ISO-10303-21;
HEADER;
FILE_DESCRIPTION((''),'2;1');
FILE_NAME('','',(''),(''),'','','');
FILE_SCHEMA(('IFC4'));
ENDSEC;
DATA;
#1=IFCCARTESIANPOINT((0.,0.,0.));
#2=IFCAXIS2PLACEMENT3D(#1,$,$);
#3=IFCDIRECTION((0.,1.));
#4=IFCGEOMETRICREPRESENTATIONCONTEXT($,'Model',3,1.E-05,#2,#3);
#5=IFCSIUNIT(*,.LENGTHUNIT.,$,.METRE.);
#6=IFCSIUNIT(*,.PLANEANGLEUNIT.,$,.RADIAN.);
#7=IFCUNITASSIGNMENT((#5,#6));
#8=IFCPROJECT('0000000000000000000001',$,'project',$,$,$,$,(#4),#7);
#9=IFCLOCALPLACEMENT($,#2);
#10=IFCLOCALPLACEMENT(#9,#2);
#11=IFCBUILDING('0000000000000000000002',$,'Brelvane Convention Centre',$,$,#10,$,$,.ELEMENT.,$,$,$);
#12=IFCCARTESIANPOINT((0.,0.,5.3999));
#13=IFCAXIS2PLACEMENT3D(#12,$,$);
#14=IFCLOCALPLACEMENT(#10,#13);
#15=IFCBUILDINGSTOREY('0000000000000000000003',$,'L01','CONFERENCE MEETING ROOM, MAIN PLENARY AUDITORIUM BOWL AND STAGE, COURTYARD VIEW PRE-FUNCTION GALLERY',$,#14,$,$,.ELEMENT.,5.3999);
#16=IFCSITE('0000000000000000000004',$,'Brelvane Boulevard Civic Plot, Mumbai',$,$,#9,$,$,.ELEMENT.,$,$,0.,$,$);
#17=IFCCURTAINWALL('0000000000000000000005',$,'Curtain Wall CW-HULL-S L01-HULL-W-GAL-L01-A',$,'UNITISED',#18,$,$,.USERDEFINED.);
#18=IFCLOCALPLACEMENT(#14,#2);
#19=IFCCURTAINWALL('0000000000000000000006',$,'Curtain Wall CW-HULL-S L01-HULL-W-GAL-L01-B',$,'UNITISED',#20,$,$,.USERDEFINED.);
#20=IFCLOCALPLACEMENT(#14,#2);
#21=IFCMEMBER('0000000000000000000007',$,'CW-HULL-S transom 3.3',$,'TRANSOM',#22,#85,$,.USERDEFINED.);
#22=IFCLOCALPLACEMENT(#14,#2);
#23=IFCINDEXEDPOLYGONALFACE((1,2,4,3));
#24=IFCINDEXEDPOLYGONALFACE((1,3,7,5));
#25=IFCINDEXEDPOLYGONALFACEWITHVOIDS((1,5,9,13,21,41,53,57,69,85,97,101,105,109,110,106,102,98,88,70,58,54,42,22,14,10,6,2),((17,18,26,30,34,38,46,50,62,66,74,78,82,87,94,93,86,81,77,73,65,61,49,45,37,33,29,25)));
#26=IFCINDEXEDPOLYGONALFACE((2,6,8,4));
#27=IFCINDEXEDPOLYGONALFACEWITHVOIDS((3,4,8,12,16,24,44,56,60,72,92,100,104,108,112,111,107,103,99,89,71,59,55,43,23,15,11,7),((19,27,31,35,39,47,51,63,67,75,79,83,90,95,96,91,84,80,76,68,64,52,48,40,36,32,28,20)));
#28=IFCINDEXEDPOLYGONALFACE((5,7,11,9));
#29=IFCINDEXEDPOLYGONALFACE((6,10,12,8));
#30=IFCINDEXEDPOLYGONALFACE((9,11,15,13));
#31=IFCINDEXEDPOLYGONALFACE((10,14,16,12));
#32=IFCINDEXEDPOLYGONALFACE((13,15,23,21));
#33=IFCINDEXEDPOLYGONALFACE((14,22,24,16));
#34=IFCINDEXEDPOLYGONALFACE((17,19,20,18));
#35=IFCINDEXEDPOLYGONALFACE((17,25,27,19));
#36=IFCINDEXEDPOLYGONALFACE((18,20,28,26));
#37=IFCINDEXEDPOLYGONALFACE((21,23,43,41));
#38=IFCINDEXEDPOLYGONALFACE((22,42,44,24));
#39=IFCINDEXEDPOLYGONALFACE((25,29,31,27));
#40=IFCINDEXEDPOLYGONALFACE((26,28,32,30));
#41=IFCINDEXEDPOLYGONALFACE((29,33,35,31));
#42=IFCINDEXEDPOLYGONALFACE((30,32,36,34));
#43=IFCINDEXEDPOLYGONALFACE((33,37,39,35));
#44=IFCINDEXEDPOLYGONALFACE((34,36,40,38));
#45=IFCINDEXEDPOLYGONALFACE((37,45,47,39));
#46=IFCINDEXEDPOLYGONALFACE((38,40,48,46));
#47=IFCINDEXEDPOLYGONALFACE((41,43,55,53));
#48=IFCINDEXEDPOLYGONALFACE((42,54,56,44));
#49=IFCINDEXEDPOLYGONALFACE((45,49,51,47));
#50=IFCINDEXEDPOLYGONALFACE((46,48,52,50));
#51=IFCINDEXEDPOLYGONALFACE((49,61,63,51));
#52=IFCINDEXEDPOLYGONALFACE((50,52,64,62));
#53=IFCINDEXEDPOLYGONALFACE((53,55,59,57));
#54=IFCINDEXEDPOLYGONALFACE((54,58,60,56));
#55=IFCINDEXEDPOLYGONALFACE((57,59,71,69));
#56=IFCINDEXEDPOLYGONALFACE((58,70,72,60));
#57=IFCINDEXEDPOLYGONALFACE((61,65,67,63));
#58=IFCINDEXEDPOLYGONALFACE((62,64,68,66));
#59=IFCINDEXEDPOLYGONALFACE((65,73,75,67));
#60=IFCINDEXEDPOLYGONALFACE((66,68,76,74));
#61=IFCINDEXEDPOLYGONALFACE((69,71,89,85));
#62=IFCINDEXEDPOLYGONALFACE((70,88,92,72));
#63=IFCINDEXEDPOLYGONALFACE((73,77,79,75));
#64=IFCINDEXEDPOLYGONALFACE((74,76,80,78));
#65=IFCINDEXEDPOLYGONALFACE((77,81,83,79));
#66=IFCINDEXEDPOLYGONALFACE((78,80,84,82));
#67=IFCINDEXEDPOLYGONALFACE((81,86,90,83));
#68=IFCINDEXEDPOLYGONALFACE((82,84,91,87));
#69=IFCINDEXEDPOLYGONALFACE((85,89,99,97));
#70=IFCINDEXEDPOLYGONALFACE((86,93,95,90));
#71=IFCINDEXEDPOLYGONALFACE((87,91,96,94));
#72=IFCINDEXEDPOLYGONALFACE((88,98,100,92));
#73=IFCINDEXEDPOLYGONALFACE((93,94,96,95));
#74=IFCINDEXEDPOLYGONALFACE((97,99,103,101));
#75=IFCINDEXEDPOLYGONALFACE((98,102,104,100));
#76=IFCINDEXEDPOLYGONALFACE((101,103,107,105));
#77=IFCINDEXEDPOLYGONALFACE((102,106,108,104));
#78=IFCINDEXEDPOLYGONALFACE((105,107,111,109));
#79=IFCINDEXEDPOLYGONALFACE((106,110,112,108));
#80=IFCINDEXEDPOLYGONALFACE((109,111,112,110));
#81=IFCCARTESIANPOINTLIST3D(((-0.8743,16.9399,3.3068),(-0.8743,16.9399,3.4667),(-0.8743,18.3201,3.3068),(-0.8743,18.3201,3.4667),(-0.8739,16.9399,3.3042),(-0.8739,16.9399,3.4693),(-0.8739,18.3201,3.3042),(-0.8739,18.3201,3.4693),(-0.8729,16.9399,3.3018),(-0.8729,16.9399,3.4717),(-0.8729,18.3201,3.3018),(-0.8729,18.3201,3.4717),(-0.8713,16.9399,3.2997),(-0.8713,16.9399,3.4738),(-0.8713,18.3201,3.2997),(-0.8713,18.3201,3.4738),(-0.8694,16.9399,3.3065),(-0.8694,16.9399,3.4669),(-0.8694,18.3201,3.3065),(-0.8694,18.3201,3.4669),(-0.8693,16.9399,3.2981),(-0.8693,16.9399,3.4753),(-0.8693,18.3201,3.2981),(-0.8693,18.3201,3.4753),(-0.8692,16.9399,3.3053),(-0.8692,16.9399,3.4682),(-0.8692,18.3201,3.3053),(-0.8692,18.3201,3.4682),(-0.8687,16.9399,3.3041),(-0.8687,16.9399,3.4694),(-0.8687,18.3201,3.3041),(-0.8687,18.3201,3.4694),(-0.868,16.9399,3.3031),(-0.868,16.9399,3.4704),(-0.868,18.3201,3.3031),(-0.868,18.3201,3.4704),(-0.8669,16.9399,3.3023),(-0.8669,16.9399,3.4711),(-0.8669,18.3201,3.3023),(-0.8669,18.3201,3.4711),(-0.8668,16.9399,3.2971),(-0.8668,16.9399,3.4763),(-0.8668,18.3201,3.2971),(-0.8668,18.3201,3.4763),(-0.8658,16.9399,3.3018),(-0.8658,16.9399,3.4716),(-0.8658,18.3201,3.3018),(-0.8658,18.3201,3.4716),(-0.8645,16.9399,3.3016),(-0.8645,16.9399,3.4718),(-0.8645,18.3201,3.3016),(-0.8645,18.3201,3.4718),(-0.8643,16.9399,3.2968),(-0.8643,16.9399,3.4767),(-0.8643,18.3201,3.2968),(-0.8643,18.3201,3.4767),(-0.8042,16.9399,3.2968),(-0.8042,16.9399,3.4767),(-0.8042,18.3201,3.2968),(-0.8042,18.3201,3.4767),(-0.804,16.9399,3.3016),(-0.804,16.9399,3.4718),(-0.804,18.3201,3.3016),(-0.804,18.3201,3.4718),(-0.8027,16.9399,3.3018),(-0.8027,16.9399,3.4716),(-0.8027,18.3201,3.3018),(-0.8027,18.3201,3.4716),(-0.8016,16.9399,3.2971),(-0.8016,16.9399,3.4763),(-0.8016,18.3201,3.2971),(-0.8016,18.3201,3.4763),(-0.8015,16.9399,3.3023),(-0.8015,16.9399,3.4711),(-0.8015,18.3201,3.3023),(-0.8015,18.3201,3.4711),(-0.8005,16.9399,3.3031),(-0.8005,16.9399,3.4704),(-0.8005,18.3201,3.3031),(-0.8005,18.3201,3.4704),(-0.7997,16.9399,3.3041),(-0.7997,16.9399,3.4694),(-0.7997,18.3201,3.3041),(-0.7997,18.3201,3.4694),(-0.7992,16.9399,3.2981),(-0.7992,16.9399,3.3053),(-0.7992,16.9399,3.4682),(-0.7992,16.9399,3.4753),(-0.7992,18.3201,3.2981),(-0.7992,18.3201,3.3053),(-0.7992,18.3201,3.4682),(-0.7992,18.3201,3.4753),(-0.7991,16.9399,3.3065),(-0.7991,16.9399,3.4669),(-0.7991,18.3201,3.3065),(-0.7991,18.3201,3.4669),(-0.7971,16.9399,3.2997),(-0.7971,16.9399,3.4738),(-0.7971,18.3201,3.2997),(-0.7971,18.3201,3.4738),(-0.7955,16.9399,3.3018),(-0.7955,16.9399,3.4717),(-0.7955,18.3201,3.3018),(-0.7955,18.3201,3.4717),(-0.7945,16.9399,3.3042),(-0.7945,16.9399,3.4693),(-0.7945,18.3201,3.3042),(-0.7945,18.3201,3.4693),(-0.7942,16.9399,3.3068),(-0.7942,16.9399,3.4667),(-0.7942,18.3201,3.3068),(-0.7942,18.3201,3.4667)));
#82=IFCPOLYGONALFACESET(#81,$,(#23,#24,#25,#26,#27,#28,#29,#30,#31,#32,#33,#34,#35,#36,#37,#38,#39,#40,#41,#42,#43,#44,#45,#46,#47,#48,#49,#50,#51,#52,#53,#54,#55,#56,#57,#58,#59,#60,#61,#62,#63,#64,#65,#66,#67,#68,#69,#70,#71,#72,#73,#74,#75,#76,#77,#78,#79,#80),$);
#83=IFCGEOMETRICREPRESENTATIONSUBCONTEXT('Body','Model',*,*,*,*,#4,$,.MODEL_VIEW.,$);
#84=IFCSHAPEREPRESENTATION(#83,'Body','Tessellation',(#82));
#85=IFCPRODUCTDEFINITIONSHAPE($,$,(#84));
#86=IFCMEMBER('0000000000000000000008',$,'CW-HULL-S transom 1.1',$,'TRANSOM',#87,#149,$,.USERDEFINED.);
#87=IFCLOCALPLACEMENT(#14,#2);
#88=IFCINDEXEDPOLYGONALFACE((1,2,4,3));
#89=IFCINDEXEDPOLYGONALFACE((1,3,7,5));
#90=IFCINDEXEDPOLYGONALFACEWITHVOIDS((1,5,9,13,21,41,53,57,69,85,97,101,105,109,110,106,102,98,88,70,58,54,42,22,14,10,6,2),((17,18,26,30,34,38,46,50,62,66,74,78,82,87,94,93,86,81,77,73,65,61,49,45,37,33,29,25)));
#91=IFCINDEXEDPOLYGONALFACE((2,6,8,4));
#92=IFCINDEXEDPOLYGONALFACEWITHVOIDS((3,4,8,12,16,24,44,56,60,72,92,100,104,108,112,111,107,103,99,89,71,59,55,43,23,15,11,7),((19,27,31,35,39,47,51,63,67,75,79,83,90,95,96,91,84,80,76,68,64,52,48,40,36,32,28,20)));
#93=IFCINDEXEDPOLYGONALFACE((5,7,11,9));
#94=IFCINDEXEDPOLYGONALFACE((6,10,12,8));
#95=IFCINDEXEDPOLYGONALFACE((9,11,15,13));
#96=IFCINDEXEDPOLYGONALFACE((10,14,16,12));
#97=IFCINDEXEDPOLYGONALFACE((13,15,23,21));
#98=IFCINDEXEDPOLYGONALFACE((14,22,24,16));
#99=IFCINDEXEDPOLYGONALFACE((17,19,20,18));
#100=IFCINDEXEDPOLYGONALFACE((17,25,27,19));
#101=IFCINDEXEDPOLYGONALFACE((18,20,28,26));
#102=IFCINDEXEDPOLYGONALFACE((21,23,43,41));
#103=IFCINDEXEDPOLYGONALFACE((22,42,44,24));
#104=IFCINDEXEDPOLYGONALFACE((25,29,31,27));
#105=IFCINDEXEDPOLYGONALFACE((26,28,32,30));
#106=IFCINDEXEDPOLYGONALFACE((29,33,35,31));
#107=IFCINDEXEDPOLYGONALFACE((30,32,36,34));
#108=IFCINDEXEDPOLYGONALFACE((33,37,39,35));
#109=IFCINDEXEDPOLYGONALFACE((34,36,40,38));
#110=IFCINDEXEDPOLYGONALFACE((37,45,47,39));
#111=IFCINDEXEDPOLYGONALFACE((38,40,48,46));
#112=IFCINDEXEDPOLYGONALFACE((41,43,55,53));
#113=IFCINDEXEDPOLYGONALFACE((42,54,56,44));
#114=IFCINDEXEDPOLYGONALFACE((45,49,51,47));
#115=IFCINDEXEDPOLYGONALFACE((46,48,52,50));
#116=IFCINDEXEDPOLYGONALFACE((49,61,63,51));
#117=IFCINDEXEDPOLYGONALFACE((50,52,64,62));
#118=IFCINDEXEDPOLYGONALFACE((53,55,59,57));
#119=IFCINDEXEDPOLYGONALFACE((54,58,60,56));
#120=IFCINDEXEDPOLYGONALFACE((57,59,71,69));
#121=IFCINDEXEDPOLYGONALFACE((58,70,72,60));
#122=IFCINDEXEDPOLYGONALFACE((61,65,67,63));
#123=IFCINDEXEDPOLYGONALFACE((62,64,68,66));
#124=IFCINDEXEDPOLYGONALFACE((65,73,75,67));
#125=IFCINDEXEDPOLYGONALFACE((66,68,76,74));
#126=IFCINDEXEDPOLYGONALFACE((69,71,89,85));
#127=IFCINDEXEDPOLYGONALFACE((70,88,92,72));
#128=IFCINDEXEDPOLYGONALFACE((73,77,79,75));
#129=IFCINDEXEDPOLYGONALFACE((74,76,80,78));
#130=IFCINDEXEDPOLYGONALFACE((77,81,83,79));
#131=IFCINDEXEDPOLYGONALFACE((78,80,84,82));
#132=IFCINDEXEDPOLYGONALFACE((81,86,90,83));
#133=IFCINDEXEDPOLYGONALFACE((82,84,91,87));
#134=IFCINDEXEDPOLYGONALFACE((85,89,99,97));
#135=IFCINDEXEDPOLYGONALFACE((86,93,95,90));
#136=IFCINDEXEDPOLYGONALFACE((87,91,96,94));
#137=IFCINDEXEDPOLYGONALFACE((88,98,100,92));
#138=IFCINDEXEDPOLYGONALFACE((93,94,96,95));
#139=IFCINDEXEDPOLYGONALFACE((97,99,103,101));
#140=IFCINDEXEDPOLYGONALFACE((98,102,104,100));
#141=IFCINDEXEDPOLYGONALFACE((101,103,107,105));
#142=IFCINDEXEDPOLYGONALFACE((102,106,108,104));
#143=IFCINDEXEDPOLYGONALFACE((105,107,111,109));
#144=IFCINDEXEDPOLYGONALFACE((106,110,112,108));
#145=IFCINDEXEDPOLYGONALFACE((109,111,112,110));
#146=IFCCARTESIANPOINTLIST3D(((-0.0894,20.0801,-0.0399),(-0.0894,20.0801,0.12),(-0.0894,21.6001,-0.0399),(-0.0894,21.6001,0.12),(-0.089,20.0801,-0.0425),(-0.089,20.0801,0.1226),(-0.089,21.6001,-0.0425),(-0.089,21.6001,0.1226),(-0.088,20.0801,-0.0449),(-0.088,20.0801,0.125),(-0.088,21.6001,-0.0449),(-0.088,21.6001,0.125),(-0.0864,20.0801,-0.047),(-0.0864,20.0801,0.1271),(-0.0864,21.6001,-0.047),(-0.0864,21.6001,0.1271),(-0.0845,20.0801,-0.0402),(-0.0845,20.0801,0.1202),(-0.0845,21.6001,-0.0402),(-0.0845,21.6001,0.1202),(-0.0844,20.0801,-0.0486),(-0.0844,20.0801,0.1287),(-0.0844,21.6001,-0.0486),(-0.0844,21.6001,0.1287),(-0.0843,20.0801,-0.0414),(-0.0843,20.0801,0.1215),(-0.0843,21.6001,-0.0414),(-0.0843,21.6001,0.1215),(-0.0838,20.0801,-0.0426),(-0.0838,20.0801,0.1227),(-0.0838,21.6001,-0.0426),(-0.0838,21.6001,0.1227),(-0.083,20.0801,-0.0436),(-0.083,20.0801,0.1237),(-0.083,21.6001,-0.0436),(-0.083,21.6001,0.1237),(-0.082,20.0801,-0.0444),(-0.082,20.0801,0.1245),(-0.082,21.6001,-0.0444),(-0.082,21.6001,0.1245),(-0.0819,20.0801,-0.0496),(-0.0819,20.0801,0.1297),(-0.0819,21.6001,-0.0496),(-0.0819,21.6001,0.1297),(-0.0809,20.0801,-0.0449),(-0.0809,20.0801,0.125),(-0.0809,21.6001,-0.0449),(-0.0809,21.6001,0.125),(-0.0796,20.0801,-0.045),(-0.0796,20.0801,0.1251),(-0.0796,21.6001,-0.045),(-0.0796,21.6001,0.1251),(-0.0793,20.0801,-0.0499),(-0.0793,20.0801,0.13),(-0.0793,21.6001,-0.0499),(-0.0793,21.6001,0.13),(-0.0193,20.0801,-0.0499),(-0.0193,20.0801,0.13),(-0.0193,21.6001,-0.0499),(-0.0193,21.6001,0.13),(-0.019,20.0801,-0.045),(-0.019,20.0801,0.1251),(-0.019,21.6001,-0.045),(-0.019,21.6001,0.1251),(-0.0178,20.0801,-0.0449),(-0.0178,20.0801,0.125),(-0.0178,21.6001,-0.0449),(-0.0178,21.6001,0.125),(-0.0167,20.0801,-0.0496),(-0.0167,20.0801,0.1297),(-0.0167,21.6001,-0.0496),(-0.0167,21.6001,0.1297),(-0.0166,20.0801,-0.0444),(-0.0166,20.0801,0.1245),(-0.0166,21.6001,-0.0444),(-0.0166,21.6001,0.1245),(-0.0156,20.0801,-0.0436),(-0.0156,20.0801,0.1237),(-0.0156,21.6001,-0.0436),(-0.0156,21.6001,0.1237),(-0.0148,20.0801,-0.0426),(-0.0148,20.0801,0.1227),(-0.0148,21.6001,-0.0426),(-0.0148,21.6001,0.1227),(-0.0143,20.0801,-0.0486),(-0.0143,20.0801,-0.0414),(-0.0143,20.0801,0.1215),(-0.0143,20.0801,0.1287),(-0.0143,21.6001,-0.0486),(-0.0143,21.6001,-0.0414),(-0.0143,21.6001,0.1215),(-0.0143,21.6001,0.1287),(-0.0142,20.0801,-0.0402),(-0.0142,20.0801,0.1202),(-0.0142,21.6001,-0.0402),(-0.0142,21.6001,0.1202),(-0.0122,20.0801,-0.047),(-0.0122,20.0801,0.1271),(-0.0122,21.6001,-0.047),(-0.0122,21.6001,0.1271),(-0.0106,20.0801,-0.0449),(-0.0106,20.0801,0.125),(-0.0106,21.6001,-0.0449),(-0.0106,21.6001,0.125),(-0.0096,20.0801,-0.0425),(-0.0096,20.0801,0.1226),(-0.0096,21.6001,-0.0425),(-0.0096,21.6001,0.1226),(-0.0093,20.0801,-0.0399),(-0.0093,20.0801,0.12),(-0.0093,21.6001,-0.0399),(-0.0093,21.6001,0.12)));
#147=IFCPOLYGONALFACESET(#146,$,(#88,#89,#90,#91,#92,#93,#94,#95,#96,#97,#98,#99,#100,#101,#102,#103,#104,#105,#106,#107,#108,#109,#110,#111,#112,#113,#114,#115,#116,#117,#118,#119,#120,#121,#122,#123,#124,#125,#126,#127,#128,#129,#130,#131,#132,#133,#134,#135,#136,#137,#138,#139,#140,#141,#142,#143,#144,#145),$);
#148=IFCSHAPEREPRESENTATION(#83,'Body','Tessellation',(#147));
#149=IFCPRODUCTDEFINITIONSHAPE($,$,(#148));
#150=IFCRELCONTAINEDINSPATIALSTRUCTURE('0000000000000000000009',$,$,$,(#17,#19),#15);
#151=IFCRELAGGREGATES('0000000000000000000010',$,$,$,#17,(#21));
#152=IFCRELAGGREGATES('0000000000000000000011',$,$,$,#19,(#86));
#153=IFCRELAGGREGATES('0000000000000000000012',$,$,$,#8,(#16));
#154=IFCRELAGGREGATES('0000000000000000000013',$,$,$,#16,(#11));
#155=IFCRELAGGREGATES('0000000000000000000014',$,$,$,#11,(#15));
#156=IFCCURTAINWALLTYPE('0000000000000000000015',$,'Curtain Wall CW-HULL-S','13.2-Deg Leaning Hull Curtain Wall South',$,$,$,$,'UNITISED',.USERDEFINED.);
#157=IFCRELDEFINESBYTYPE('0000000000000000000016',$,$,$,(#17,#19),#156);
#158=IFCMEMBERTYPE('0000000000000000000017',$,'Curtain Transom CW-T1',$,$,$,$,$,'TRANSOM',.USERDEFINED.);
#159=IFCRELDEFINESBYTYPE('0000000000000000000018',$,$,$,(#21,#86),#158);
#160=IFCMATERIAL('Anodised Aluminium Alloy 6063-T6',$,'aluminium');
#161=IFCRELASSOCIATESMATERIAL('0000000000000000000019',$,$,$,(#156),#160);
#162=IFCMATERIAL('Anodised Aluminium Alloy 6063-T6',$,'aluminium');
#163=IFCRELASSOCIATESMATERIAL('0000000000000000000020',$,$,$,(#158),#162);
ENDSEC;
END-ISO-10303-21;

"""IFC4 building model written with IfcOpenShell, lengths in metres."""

from ifc_helpers import new_model, si_unit, direction, frame, origin, origin_2d, place, context, subcontext, project, spatial, hollow_rectangle, extrude, material, material_profile, profile_set, type_object, element, aggregate, save


model = new_model("IFC4")

# Units and contexts
model_context = context("Model", 3, precision=1e-05, world=origin(), true_north=direction((0.0, 1.0)))
body_context = subcontext(model_context, "Body", "Model", "MODEL_VIEW")
ifc_project = project(units=[si_unit("LENGTHUNIT", "METRE"), si_unit("PLANEANGLEUNIT", "RADIAN")], contexts=[model_context])

# Site, building, storey
site_placement = place(None, origin())
site = spatial("IfcSite", under=ifc_project, at=site_placement, Name="Brelvane Boulevard Civic Plot, Mumbai", CompositionType="ELEMENT", RefElevation=0.0)
building_placement = place(site_placement, origin())
building = spatial("IfcBuilding", under=site, at=building_placement, Name="Brelvane Convention Centre", CompositionType="ELEMENT")
storey_placement = place(building_placement, frame((0.0, 0.0, 5.3999)))
storey = spatial("IfcBuildingStorey", under=building, at=storey_placement, Name="L01", Description="CONFERENCE MEETING ROOM, MAIN PLENARY AUDITORIUM BOWL AND STAGE, COURTYARD VIEW PRE-FUNCTION GALLERY", CompositionType="ELEMENT", Elevation=5.3999)

# Curtain wall
ifc_material_1 = material(Name="Anodised Aluminium Alloy 6063-T6", Category="aluminium")
curtain_wall_type = type_object("IfcCurtainWallType", Name="Curtain Wall CW-HULL-S", Description="13.2-Deg Leaning Hull Curtain Wall South", ElementType="UNITISED", PredefinedType="USERDEFINED", material=ifc_material_1)
curtain_wall_1_placement = place(storey_placement, origin())
curtain_wall_1 = element("IfcCurtainWall", 1, at=curtain_wall_1_placement, inside=storey, type_object=curtain_wall_type, Name="Curtain Wall CW-HULL-S L01-HULL-W-GAL-L01-A", ObjectType="UNITISED", PredefinedType="USERDEFINED")

# Curtain wall
curtain_wall_2_placement = place(storey_placement, origin())
curtain_wall_2 = element("IfcCurtainWall", 2, at=curtain_wall_2_placement, inside=storey, type_object=curtain_wall_type, Name="Curtain Wall CW-HULL-S L01-HULL-W-GAL-L01-B", ObjectType="UNITISED", PredefinedType="USERDEFINED")

# Members
ifc_material_2 = material(Name="Anodised Aluminium Alloy 6063-T6", Category="aluminium")
ifc_material_profile_1 = material_profile(ifc_material_2, hollow_rectangle(XDim=0.0801, YDim=0.1799, WallThickness=0.0049, InnerFilletRadius=0.0049, OuterFilletRadius=0.01, at=origin_2d()), Name="ALU-T 180x80x5.0")
ifc_profile_set_1 = profile_set([ifc_material_profile_1], Name="Anodised Aluminium Alloy 6063-T6")
member_type_1 = type_object("IfcMemberType", Name="Curtain Transom CW-T1", ElementType="TRANSOM", PredefinedType="USERDEFINED", material=ifc_profile_set_1)
member_1_placement = place(storey_placement, frame((-0.8342, 16.9399, 3.3867), z_axis=(0.0, 1.0, 0.0), x_axis=(-1.0, 0.0, 0.0)))
member_1 = element("IfcMember", 3, at=member_1_placement, type_object=member_type_1, Name="CW-HULL-S transom 3.3", ObjectType="TRANSOM", PredefinedType="USERDEFINED", context=body_context, shape_type="SweptSolid", body=[
    extrude(hollow_rectangle(XDim=0.0801, YDim=0.1799, WallThickness=0.0049, InnerFilletRadius=0.0049, OuterFilletRadius=0.01, at=origin_2d()), origin(), (0.0, 0.0, 1.0), 1.3801),
])
member_2_placement = place(storey_placement, frame((-0.0493, 20.0801, 0.04), z_axis=(0.0, 1.0, 0.0), x_axis=(-1.0, 0.0, 0.0)))
member_2 = element("IfcMember", 4, at=member_2_placement, type_object=member_type_1, Name="CW-HULL-S transom 1.1", ObjectType="TRANSOM", PredefinedType="USERDEFINED", context=body_context, shape_type="SweptSolid", body=[
    extrude(hollow_rectangle(XDim=0.0801, YDim=0.1799, WallThickness=0.0049, InnerFilletRadius=0.0049, OuterFilletRadius=0.01, at=origin_2d()), origin(), (0.0, 0.0, 1.0), 1.52),
])

aggregate(curtain_wall_1, [member_1])
aggregate(curtain_wall_2, [member_2])

save(model, "model.ifc")
